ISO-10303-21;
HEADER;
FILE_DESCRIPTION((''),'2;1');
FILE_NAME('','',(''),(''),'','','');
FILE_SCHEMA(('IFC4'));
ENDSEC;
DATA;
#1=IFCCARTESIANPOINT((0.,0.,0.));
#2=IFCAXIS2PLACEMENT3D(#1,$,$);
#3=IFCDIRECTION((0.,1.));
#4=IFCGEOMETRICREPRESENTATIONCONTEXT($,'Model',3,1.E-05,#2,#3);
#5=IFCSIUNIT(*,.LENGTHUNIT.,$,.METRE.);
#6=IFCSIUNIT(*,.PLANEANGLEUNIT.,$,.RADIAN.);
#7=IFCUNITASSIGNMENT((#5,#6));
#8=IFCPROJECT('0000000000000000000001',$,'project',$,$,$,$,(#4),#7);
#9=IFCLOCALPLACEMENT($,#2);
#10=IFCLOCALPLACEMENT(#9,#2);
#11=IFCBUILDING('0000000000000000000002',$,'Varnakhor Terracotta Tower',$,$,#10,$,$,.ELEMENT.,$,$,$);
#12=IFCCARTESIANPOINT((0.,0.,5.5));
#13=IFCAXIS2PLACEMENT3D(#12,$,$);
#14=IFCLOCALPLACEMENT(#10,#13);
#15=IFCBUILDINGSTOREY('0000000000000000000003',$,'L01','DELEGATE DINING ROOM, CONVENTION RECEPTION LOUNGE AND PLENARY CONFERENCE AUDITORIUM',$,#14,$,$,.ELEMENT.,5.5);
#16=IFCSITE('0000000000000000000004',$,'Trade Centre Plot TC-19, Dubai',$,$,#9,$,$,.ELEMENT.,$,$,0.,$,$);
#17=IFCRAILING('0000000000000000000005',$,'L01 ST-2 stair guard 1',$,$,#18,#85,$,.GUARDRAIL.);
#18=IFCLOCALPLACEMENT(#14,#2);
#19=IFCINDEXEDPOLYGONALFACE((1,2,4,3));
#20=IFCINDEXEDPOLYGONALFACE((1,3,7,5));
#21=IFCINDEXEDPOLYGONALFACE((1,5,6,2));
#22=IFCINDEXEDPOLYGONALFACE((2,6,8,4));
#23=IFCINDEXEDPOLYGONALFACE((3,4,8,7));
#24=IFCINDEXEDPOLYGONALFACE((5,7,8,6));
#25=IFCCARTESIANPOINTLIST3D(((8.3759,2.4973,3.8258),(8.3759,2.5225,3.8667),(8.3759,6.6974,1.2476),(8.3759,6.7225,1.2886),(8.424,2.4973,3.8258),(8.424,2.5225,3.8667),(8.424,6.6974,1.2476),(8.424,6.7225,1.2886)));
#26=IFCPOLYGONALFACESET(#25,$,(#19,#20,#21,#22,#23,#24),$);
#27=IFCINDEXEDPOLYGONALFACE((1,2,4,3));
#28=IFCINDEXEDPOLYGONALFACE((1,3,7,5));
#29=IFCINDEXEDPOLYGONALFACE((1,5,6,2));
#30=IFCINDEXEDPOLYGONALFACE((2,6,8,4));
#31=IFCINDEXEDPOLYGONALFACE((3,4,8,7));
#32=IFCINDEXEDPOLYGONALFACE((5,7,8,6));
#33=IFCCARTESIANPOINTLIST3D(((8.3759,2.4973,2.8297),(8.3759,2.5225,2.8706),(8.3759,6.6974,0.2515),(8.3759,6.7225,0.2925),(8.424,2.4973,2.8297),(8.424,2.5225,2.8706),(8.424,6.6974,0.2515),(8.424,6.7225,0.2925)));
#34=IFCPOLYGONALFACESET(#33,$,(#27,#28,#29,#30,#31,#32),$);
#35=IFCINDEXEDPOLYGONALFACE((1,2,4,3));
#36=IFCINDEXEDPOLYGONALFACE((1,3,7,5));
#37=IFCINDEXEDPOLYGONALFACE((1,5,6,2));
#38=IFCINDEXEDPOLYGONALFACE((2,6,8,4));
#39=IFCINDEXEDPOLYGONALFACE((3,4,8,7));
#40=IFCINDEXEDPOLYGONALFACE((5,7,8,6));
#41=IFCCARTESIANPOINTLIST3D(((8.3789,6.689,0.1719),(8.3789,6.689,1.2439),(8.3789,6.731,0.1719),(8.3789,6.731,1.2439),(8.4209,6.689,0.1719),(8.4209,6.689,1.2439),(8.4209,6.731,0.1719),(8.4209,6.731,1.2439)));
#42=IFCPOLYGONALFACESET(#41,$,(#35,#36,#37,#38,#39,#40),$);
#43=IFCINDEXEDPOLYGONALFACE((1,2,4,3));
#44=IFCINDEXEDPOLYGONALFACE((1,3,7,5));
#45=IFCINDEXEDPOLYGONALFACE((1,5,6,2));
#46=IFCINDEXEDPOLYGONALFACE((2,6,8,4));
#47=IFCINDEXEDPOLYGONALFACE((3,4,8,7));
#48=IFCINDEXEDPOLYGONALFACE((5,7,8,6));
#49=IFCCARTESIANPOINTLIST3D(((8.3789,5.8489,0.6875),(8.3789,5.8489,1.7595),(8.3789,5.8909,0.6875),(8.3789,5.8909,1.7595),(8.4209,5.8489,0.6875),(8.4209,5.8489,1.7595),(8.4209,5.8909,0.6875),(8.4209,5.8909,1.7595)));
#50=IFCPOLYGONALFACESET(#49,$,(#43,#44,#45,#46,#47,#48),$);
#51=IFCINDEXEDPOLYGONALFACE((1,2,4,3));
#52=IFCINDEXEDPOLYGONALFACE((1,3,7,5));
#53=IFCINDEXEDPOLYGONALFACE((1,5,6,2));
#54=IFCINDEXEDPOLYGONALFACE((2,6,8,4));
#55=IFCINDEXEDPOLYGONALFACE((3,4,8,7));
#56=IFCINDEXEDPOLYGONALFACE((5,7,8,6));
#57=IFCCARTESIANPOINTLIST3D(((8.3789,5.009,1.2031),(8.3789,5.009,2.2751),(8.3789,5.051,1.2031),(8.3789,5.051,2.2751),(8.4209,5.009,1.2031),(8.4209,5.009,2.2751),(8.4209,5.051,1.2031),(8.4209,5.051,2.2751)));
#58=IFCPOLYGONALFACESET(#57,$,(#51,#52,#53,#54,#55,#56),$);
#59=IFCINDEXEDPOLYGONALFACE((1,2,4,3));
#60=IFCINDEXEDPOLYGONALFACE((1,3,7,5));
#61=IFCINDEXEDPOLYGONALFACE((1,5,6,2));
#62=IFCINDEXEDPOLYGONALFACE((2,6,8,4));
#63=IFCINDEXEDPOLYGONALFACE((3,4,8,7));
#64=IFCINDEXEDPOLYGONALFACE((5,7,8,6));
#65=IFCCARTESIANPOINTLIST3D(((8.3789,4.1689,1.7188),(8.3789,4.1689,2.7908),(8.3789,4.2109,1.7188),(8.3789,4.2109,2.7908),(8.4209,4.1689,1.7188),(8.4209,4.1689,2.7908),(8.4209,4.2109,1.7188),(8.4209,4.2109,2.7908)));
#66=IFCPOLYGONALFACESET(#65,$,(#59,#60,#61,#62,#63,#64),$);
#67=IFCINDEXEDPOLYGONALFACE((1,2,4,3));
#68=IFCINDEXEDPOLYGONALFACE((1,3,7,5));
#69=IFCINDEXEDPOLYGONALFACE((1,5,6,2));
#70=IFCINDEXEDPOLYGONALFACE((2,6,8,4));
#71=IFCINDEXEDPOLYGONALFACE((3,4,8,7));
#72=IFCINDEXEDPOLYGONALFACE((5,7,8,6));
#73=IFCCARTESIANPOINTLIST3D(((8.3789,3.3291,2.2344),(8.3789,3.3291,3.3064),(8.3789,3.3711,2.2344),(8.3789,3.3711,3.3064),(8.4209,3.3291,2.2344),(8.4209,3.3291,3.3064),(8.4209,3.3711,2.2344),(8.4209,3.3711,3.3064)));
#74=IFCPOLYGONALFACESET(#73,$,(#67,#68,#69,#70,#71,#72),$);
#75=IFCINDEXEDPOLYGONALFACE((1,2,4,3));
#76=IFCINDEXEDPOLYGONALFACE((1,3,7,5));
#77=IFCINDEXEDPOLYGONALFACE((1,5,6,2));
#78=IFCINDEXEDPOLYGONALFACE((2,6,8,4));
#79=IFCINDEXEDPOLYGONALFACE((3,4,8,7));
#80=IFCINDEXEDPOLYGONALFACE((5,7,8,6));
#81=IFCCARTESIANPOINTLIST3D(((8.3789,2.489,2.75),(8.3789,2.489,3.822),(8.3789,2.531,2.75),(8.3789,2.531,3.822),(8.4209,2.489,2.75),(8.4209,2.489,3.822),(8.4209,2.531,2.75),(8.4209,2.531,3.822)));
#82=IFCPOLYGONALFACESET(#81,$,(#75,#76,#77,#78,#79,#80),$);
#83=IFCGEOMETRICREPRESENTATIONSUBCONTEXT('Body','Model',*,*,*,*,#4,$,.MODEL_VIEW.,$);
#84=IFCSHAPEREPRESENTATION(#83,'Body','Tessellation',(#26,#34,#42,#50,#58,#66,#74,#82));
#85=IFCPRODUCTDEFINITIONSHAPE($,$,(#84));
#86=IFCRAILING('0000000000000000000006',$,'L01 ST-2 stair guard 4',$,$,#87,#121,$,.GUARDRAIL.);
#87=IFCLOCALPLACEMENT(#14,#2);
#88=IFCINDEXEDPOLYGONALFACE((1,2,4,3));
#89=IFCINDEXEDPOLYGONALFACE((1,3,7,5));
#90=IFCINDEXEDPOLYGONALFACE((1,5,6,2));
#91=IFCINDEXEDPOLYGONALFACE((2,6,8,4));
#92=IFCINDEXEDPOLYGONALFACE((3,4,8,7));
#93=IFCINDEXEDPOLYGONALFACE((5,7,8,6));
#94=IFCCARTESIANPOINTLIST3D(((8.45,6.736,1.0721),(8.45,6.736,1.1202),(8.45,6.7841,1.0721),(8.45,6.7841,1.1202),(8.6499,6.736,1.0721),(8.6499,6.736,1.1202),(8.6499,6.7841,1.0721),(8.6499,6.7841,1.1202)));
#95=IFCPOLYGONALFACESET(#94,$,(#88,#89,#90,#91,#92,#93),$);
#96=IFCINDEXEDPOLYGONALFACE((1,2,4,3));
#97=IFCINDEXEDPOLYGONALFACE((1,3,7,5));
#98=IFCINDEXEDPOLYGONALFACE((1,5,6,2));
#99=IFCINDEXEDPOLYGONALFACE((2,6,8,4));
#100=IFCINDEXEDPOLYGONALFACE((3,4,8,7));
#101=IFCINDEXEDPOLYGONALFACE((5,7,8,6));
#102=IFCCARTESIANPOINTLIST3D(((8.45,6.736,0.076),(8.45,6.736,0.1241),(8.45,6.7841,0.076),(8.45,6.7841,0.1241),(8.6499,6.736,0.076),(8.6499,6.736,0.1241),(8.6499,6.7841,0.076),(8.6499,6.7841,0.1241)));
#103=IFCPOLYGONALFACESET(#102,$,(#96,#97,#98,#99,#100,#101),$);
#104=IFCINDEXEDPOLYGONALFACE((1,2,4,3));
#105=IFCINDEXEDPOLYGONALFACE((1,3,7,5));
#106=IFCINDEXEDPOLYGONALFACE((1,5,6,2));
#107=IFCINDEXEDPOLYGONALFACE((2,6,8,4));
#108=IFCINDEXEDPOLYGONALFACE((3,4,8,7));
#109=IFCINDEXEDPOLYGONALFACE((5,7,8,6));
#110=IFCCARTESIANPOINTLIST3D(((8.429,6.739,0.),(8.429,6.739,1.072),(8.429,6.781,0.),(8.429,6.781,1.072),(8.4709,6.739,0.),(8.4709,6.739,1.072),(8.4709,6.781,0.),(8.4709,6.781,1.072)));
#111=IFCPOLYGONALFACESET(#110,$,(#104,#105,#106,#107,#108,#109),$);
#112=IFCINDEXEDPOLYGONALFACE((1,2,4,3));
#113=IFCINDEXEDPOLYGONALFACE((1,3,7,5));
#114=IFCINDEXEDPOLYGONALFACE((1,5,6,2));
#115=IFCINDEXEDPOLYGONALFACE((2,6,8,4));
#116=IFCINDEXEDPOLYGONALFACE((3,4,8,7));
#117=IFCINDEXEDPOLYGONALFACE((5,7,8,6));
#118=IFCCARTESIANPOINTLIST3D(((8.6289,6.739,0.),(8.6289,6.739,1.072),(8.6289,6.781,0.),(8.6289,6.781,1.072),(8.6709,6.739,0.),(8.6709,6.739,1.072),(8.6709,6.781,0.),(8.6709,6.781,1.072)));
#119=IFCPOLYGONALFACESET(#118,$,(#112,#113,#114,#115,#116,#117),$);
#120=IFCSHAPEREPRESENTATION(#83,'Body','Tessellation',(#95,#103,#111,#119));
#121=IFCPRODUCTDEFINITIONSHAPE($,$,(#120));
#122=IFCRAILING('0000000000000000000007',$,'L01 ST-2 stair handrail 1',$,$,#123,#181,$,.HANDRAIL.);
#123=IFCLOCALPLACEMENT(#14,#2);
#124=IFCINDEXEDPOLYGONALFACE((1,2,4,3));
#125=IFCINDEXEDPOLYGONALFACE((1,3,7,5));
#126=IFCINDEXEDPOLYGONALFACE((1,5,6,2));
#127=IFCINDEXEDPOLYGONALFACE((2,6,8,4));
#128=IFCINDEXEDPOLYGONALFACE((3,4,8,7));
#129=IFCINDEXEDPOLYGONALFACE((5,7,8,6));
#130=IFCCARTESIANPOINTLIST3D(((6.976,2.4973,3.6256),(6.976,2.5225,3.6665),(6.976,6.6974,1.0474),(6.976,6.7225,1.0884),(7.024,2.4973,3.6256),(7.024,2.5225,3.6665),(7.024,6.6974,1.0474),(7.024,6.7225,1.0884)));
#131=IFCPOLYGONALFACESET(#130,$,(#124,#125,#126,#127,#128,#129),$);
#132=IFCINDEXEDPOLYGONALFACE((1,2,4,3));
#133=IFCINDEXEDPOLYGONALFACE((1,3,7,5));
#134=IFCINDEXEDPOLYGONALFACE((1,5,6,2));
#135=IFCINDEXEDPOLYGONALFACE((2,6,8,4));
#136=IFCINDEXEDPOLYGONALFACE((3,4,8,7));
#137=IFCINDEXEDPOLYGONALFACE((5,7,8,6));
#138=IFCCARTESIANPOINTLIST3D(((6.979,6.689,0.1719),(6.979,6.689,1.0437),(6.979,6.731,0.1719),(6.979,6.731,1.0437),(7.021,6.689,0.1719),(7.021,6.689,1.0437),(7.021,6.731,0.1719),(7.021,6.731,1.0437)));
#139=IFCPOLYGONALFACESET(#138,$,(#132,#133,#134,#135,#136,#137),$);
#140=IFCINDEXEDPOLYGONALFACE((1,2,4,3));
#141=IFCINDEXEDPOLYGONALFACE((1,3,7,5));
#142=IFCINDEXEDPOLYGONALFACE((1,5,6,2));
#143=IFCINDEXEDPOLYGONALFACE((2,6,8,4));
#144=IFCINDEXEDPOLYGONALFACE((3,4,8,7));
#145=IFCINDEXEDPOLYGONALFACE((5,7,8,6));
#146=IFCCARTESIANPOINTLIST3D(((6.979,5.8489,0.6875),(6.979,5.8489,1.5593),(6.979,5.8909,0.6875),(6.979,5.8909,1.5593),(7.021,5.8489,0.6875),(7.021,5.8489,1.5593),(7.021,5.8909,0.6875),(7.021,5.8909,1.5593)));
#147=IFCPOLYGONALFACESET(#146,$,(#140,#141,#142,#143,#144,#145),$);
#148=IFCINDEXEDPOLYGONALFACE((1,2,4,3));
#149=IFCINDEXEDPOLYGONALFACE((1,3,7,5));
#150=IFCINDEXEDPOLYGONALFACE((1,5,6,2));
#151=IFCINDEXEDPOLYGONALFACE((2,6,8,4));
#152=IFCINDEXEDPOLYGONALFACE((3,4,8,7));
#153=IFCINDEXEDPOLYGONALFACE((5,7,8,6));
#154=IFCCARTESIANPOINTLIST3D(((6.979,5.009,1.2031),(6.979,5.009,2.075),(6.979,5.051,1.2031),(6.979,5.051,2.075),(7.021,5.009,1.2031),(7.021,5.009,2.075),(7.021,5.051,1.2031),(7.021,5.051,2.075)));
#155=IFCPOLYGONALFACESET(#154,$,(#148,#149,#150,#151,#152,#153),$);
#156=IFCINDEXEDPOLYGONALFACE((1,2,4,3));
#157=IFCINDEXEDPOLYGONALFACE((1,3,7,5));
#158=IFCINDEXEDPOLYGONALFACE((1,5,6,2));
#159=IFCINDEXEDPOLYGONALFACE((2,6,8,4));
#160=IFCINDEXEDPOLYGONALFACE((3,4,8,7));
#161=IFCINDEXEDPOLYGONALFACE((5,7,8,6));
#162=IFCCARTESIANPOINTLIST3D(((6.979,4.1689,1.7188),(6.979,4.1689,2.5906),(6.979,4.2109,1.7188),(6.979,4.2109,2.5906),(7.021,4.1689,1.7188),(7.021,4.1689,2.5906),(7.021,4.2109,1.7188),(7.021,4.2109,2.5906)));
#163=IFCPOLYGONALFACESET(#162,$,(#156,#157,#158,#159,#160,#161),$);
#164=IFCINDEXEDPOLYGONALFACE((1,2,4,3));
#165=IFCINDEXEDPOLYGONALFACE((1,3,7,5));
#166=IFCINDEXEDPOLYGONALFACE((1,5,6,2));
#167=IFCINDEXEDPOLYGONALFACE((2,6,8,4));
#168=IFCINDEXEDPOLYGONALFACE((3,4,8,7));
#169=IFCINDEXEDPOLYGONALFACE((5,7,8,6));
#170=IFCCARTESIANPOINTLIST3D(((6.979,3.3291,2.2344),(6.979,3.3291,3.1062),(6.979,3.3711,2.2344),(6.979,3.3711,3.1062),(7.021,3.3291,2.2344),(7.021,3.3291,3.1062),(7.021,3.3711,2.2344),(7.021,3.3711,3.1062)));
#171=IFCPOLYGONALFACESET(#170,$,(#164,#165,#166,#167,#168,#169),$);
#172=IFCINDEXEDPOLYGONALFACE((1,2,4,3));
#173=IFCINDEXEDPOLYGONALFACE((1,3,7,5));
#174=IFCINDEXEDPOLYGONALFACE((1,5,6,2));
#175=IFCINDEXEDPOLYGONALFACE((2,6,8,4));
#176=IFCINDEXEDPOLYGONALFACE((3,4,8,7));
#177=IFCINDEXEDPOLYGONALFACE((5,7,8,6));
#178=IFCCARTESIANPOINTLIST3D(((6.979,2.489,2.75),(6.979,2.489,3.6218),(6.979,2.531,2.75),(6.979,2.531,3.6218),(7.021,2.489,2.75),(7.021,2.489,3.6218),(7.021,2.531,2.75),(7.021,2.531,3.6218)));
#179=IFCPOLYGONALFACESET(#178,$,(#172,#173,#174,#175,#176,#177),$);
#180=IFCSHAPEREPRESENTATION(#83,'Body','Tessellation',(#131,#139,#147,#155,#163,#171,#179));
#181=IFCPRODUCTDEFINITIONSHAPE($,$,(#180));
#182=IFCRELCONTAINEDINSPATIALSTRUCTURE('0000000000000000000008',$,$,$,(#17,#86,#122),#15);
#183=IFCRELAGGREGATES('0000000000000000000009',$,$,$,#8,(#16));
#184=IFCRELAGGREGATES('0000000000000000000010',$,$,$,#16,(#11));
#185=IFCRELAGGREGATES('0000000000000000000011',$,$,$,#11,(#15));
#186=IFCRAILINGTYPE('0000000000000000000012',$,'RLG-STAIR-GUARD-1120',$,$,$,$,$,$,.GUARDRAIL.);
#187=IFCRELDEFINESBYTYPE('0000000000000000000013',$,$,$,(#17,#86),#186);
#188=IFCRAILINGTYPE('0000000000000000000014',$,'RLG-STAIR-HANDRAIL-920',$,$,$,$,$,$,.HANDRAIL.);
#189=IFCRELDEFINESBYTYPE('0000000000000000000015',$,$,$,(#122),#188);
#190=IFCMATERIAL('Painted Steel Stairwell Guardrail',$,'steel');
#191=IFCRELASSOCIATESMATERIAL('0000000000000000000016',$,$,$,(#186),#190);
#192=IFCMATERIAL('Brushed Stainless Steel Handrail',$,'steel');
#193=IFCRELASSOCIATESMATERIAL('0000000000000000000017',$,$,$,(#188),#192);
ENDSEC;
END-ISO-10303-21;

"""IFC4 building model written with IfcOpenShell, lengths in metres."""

from ifc_helpers import new_model, si_unit, direction, frame, origin, origin_2d, place, context, subcontext, project, spatial, rectangle, extrude, material, type_object, element, save


model = new_model("IFC4")

# Units and contexts
model_context = context("Model", 3, precision=1e-05, world=origin(), true_north=direction((0.0, 1.0)))
body_context = subcontext(model_context, "Body", "Model", "MODEL_VIEW")
ifc_project = project(units=[si_unit("LENGTHUNIT", "METRE"), si_unit("PLANEANGLEUNIT", "RADIAN")], contexts=[model_context])

# Site, building, storey
site_placement = place(None, origin())
site = spatial("IfcSite", under=ifc_project, at=site_placement, Name="Trade Centre Plot TC-19, Dubai", CompositionType="ELEMENT", RefElevation=0.0)
building_placement = place(site_placement, origin())
building = spatial("IfcBuilding", under=site, at=building_placement, Name="Varnakhor Terracotta Tower", CompositionType="ELEMENT")
storey_placement = place(building_placement, frame((0.0, 0.0, 5.5)))
storey = spatial("IfcBuildingStorey", under=building, at=storey_placement, Name="L01", Description="DELEGATE DINING ROOM, CONVENTION RECEPTION LOUNGE AND PLENARY CONFERENCE AUDITORIUM", CompositionType="ELEMENT", Elevation=5.5)

# Railings
ifc_material_1 = material(Name="Painted Steel Stairwell Guardrail", Category="steel")
railing_type_1 = type_object("IfcRailingType", Name="RLG-STAIR-GUARD-1120", PredefinedType="GUARDRAIL", material=ifc_material_1)
railing_1_placement = place(storey_placement, frame((8.3999, 6.71, 0.1719)))
element("IfcRailing", 1, at=railing_1_placement, inside=storey, type_object=railing_type_1, Name="L01 ST-2 stair guard 1", PredefinedType="GUARDRAIL", context=body_context, shape_type="SweptSolid", body=[
    extrude(rectangle(XDim=0.0481, YDim=0.0481, at=origin_2d()), frame((0.0, 0.0, 1.0962), z_axis=(0.0, -0.852243, 0.523146), x_axis=(1.0, 0.0, 0.0)), (0.0, 0.0, 1.0), 4.9282),
    extrude(rectangle(XDim=0.0481, YDim=0.0481, at=origin_2d()), frame((0.0, 0.0, 0.1001), z_axis=(0.0, -0.852243, 0.523146), x_axis=(1.0, 0.0, 0.0)), (0.0, 0.0, 1.0), 4.9282),
    extrude(rectangle(XDim=0.042, YDim=0.042, at=origin_2d()), origin(), (0.0, 0.0, 1.0), 1.072),
    extrude(rectangle(XDim=0.042, YDim=0.042, at=origin_2d()), frame((0.0, -0.8401, 0.5156)), (0.0, 0.0, 1.0), 1.072),
    extrude(rectangle(XDim=0.042, YDim=0.042, at=origin_2d()), frame((0.0, -1.6799, 1.0312)), (0.0, 0.0, 1.0), 1.072),
    extrude(rectangle(XDim=0.042, YDim=0.042, at=origin_2d()), frame((0.0, -2.52, 1.5469)), (0.0, 0.0, 1.0), 1.072),
    extrude(rectangle(XDim=0.042, YDim=0.042, at=origin_2d()), frame((0.0, -3.3599, 2.0625)), (0.0, 0.0, 1.0), 1.072),
    extrude(rectangle(XDim=0.042, YDim=0.042, at=origin_2d()), frame((0.0, -4.2, 2.5781)), (0.0, 0.0, 1.0), 1.072),
])
railing_2_placement = place(storey_placement, frame((8.45, 6.76, 0.0)))
element("IfcRailing", 2, at=railing_2_placement, inside=storey, type_object=railing_type_1, Name="L01 ST-2 stair guard 4", PredefinedType="GUARDRAIL", context=body_context, shape_type="SweptSolid", body=[
    extrude(rectangle(XDim=0.0481, YDim=0.0481, at=origin_2d()), frame((0.0, 0.0, 1.0962), z_axis=(1.0, 0.0, 0.0), x_axis=(0.0, 1.0, 0.0)), (0.0, 0.0, 1.0), 0.2),
    extrude(rectangle(XDim=0.0481, YDim=0.0481, at=origin_2d()), frame((0.0, 0.0, 0.1001), z_axis=(1.0, 0.0, 0.0), x_axis=(0.0, 1.0, 0.0)), (0.0, 0.0, 1.0), 0.2),
    extrude(rectangle(XDim=0.042, YDim=0.042, at=origin_2d()), origin(), (0.0, 0.0, 1.0), 1.072),
    extrude(rectangle(XDim=0.042, YDim=0.042, at=origin_2d()), frame((0.2, 0.0, 0.0)), (0.0, 0.0, 1.0), 1.072),
])
ifc_material_2 = material(Name="Brushed Stainless Steel Handrail", Category="steel")
railing_type_2 = type_object("IfcRailingType", Name="RLG-STAIR-HANDRAIL-920", PredefinedType="HANDRAIL", material=ifc_material_2)
railing_3_placement = place(storey_placement, frame((7.0, 6.71, 0.1719)))
element("IfcRailing", 3, at=railing_3_placement, inside=storey, type_object=railing_type_2, Name="L01 ST-2 stair handrail 1", PredefinedType="HANDRAIL", context=body_context, shape_type="SweptSolid", body=[
    extrude(rectangle(XDim=0.0481, YDim=0.0481, at=origin_2d()), frame((0.0, 0.0, 0.896), z_axis=(0.0, -0.852243, 0.523146), x_axis=(1.0, 0.0, 0.0)), (0.0, 0.0, 1.0), 4.9282),
    extrude(rectangle(XDim=0.042, YDim=0.042, at=origin_2d()), origin(), (0.0, 0.0, 1.0), 0.8718),
    extrude(rectangle(XDim=0.042, YDim=0.042, at=origin_2d()), frame((0.0, -0.8401, 0.5156)), (0.0, 0.0, 1.0), 0.8718),
    extrude(rectangle(XDim=0.042, YDim=0.042, at=origin_2d()), frame((0.0, -1.6799, 1.0312)), (0.0, 0.0, 1.0), 0.8718),
    extrude(rectangle(XDim=0.042, YDim=0.042, at=origin_2d()), frame((0.0, -2.52, 1.5469)), (0.0, 0.0, 1.0), 0.8718),
    extrude(rectangle(XDim=0.042, YDim=0.042, at=origin_2d()), frame((0.0, -3.3599, 2.0625)), (0.0, 0.0, 1.0), 0.8718),
    extrude(rectangle(XDim=0.042, YDim=0.042, at=origin_2d()), frame((0.0, -4.2, 2.5781)), (0.0, 0.0, 1.0), 0.8718),
])

save(model, "model.ifc")
